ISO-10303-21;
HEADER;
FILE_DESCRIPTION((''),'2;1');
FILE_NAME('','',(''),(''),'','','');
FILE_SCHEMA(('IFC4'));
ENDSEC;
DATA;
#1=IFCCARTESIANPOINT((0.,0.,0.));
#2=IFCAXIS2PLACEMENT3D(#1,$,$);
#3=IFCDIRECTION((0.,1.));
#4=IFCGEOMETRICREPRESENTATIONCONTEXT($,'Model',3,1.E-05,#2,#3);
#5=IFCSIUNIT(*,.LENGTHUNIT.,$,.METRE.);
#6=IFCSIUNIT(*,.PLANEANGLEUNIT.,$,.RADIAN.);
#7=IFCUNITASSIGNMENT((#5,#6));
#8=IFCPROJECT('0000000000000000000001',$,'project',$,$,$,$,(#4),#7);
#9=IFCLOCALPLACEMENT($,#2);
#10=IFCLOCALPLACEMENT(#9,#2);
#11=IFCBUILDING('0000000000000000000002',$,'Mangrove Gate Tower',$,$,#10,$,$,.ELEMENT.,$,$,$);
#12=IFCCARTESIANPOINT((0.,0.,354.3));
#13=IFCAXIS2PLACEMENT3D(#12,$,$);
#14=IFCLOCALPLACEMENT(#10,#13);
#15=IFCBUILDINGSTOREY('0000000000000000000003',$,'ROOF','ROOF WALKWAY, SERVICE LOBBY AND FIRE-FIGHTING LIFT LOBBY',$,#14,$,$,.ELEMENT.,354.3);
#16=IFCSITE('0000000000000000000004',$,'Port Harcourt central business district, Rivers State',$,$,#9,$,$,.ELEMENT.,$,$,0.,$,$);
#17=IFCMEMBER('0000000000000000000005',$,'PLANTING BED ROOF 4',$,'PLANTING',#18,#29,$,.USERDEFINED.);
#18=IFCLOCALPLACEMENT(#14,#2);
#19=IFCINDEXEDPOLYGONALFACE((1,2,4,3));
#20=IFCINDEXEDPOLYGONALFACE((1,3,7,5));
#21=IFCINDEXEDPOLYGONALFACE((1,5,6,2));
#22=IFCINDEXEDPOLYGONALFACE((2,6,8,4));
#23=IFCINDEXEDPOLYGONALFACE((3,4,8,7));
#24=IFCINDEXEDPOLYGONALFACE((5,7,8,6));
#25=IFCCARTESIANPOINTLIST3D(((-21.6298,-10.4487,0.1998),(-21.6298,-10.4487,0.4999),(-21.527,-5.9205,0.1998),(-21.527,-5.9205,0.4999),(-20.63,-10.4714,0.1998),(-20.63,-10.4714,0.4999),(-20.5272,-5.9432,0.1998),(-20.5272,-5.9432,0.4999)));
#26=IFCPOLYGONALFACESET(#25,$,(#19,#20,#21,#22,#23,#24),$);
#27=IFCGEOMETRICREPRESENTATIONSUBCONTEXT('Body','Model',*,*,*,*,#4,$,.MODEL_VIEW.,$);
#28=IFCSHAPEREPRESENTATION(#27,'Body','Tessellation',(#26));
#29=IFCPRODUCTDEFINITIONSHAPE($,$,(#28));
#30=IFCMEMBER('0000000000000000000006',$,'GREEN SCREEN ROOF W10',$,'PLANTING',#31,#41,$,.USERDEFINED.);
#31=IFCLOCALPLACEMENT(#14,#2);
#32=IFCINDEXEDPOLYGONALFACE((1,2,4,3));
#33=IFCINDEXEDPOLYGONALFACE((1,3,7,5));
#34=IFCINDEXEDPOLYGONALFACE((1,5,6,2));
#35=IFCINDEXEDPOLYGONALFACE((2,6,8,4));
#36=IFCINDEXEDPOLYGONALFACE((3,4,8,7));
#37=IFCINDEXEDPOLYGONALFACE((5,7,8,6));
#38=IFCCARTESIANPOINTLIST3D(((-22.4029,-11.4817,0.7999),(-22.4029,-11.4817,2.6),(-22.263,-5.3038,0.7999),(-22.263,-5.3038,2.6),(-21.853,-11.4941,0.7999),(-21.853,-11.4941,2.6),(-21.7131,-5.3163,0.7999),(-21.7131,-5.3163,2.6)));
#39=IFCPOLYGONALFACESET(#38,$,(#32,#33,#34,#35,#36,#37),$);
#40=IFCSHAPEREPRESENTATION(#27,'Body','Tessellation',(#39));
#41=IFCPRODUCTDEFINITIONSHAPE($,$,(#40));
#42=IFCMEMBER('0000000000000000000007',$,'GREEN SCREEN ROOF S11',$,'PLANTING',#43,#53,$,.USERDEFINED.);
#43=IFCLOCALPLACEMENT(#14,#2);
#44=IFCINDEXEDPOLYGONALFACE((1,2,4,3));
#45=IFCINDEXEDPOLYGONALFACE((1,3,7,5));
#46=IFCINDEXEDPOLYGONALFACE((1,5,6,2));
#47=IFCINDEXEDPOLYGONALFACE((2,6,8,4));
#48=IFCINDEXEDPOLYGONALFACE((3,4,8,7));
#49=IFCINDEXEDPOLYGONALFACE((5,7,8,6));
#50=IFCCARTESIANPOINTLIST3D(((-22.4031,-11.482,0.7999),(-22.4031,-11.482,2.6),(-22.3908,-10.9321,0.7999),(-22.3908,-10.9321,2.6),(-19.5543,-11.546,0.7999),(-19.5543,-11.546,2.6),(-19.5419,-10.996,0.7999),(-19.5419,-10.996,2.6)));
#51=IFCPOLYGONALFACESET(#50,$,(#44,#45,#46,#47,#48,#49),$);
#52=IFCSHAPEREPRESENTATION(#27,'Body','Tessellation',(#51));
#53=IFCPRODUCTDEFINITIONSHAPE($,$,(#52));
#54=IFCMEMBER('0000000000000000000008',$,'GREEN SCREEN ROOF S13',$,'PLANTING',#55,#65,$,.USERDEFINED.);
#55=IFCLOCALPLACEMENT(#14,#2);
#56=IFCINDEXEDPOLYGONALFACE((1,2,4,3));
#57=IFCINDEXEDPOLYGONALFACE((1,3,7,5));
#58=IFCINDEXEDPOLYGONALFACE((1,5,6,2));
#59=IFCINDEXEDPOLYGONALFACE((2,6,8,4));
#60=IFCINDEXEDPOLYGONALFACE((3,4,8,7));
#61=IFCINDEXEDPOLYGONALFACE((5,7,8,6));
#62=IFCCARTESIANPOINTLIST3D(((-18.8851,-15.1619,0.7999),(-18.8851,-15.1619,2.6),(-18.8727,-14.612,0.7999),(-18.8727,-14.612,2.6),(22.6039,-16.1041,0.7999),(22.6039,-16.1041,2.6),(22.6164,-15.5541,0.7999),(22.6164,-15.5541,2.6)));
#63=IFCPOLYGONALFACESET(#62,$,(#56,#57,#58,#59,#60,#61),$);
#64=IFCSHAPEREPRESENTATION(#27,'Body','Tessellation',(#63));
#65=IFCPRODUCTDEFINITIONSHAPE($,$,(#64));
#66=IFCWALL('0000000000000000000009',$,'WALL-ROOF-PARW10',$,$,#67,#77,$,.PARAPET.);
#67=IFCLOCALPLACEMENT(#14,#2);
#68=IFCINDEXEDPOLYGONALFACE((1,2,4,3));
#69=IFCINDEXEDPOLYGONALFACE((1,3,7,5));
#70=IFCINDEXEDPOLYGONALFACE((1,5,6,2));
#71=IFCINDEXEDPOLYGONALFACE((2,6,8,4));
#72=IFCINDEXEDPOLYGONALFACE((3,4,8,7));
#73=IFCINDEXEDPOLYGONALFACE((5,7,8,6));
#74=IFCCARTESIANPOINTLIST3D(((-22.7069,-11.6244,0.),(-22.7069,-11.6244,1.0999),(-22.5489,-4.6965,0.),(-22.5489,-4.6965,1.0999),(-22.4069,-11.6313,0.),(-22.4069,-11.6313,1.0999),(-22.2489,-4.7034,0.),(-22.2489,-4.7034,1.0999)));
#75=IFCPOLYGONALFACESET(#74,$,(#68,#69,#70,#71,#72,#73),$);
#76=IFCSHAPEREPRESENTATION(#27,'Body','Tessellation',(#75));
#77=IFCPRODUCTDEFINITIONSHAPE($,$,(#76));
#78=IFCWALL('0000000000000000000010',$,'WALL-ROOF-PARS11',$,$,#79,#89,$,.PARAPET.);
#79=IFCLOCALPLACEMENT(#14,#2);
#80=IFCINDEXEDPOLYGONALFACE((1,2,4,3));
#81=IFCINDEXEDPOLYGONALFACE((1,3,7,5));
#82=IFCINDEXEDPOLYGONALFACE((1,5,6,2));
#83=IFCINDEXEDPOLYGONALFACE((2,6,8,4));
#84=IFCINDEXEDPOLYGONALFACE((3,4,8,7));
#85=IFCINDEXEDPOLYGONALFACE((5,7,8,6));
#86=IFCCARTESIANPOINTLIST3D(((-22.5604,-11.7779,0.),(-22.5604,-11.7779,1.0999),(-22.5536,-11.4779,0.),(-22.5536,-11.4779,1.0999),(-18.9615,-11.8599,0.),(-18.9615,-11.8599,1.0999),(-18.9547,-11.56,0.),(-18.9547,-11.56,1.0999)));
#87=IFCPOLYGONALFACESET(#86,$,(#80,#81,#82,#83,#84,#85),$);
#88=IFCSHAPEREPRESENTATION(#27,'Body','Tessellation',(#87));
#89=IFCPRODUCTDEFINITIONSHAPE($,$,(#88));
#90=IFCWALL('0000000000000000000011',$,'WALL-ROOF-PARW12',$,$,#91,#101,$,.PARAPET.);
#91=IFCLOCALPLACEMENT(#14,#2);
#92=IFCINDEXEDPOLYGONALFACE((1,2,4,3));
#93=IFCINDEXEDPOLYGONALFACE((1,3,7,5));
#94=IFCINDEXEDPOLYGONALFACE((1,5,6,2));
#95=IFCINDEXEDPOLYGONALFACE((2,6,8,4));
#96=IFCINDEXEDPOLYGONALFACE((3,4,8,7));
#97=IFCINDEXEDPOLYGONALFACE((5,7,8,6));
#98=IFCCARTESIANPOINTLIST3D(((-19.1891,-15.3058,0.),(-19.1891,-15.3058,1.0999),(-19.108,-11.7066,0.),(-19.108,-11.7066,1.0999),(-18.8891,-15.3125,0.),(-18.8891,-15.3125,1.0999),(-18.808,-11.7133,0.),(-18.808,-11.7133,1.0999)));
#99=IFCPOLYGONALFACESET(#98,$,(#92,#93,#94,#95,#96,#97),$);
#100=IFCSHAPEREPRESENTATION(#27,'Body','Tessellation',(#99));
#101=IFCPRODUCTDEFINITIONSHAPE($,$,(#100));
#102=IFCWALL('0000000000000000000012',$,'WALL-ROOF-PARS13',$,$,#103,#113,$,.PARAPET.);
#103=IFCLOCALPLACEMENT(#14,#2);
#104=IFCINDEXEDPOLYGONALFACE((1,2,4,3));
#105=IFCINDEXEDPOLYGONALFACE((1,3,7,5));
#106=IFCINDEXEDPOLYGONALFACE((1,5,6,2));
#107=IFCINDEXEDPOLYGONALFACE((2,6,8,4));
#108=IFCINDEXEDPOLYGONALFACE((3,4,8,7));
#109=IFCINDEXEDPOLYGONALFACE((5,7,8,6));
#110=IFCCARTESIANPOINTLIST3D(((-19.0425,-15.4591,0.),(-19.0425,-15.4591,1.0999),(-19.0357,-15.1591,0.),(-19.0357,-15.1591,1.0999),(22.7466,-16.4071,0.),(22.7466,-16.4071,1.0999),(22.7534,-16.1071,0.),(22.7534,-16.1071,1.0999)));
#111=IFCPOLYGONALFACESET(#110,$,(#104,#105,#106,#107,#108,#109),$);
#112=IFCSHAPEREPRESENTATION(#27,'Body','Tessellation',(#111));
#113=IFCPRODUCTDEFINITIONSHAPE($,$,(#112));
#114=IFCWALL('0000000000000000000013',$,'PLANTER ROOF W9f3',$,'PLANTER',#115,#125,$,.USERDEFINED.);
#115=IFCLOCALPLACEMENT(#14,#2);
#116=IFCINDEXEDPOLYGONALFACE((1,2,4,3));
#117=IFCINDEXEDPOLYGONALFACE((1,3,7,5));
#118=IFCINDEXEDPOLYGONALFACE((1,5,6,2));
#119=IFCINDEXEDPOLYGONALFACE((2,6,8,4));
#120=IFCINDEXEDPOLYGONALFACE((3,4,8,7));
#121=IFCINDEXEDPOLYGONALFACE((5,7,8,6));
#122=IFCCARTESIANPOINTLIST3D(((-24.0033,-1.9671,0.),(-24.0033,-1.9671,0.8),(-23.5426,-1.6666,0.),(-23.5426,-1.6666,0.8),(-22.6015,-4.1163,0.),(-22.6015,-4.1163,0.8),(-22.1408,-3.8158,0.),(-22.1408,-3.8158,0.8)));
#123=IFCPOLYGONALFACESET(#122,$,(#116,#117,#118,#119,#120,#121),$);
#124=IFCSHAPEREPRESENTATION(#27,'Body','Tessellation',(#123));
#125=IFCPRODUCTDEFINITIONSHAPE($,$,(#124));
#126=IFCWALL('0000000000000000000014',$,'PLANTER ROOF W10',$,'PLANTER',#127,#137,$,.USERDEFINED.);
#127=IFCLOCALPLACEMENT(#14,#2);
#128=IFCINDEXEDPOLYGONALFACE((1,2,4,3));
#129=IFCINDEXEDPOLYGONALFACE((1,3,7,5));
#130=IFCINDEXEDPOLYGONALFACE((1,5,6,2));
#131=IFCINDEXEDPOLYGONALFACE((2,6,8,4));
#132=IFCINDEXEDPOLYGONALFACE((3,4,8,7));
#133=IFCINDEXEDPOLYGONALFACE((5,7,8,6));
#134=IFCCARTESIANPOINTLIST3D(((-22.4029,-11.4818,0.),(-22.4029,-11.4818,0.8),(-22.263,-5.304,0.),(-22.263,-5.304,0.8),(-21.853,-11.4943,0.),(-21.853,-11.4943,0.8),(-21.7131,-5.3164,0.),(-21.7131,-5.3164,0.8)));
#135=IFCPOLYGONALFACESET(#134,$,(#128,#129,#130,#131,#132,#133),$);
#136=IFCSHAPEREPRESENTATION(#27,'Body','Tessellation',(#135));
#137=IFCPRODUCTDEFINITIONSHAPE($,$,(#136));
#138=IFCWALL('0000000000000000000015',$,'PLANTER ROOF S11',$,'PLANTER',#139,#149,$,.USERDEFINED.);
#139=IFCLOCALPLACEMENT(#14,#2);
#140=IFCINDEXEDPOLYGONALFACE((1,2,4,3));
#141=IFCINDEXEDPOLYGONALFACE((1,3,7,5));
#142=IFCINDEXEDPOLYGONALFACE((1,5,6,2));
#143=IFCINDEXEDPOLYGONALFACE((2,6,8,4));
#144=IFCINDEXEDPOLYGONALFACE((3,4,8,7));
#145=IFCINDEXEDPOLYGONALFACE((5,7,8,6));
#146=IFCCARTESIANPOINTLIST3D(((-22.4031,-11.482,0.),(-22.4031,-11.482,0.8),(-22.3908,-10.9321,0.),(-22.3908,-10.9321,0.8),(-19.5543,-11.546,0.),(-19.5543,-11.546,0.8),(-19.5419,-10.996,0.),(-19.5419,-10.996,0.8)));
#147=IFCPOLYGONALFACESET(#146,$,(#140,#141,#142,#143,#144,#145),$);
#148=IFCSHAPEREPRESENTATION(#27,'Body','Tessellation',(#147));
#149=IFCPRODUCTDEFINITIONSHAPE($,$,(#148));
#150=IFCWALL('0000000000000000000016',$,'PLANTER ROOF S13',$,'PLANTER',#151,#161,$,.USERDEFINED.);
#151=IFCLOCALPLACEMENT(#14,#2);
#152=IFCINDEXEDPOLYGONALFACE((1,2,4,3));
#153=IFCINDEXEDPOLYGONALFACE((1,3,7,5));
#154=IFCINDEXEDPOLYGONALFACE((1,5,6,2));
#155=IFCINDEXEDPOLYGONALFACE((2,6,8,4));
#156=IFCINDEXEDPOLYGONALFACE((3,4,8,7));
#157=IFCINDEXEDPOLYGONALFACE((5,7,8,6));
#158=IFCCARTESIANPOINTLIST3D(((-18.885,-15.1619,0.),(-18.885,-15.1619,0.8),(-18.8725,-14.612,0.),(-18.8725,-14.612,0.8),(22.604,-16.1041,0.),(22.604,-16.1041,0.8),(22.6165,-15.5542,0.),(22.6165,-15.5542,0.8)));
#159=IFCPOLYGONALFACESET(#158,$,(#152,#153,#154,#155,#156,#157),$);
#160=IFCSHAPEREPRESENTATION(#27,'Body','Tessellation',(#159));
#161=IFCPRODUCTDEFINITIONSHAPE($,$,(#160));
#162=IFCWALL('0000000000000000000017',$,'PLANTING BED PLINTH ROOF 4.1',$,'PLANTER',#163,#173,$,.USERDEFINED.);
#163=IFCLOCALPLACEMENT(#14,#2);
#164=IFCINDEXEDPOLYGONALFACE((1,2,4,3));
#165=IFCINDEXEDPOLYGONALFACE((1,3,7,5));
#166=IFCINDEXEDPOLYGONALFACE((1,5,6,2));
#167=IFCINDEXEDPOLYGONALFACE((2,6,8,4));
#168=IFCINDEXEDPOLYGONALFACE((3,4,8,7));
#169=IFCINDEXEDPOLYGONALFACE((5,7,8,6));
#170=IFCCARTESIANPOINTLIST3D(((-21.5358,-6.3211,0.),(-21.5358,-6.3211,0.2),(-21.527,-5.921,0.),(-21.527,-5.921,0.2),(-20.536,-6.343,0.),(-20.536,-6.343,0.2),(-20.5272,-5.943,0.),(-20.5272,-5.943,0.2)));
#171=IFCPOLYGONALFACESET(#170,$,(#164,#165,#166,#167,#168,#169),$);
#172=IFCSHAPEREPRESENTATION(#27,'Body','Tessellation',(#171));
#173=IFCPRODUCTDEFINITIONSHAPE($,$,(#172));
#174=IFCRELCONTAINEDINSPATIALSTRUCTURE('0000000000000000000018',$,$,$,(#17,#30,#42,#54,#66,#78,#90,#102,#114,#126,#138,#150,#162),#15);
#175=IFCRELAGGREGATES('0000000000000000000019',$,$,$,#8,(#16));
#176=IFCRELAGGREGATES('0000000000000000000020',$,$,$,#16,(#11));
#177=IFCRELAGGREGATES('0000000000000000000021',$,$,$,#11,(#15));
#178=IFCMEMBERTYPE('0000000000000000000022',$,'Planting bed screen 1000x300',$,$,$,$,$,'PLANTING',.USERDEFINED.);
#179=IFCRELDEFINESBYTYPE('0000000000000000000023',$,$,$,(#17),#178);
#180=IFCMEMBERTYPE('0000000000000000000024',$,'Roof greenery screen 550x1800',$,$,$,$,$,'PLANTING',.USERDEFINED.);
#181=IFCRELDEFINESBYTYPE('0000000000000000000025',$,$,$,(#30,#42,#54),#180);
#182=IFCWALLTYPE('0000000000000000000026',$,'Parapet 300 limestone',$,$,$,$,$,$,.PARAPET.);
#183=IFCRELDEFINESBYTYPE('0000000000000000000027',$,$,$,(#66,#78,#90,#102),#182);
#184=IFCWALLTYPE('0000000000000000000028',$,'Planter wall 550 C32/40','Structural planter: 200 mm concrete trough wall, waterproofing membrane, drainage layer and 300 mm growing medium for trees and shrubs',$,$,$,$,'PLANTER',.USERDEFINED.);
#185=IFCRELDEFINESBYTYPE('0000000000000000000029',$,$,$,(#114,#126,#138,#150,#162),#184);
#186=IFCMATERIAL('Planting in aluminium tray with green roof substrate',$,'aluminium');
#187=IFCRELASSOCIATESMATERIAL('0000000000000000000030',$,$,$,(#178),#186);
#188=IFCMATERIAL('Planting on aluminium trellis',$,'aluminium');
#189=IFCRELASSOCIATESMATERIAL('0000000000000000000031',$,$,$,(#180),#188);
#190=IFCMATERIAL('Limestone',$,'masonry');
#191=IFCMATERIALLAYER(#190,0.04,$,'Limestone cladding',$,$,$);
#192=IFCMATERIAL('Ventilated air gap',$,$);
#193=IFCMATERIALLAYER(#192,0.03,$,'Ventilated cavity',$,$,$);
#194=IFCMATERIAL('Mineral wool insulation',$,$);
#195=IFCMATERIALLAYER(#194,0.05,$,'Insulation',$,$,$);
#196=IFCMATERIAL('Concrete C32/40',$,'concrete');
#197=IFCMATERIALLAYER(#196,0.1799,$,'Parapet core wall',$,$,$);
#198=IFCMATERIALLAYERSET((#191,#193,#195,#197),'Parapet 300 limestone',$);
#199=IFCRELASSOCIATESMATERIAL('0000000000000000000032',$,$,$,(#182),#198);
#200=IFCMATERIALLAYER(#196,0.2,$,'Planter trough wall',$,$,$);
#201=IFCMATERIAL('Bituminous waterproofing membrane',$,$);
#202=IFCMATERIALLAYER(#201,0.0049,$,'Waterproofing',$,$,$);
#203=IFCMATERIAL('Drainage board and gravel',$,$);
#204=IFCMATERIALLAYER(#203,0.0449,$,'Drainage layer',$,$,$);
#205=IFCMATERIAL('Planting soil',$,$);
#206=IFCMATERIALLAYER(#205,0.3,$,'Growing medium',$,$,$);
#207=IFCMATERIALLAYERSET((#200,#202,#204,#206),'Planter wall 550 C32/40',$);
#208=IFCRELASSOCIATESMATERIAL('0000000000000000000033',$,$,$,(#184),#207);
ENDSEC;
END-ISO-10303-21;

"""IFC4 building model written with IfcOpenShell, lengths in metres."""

from ifc_helpers import new_model, si_unit, direction, frame, frame_2d, origin, origin_2d, place, context, subcontext, project, spatial, rectangle, extrude, material, layer, layer_set, material_profile, profile_set, type_object, element, save


model = new_model("IFC4")

# Units and contexts
model_context = context("Model", 3, precision=1e-05, world=origin(), true_north=direction((0.0, 1.0)))
body_context = subcontext(model_context, "Body", "Model", "MODEL_VIEW")
ifc_project = project(units=[si_unit("LENGTHUNIT", "METRE"), si_unit("PLANEANGLEUNIT", "RADIAN")], contexts=[model_context])

# Site, building, storey
site_placement = place(None, origin())
site = spatial("IfcSite", under=ifc_project, at=site_placement, Name="Port Harcourt central business district, Rivers State", CompositionType="ELEMENT", RefElevation=0.0)
building_placement = place(site_placement, origin())
building = spatial("IfcBuilding", under=site, at=building_placement, Name="Mangrove Gate Tower", CompositionType="ELEMENT")
storey_placement = place(building_placement, frame((0.0, 0.0, 354.3)))
storey = spatial("IfcBuildingStorey", under=building, at=storey_placement, Name="ROOF", Description="ROOF WALKWAY, SERVICE LOBBY AND FIRE-FIGHTING LIFT LOBBY", CompositionType="ELEMENT", Elevation=354.3)

# Members
ifc_material_1 = material(Name="Planting in aluminium tray with green roof substrate", Category="aluminium")
ifc_material_profile_1 = material_profile(ifc_material_1, rectangle(XDim=1.0, YDim=0.3, at=origin_2d()))
ifc_profile_set_1 = profile_set([ifc_material_profile_1], Name="Planting in aluminium tray with green roof substrate")
member_type_1 = type_object("IfcMemberType", Name="Planting bed screen 1000x300", ElementType="PLANTING", PredefinedType="USERDEFINED", material=ifc_profile_set_1)
member_1_placement = place(storey_placement, frame((-21.0271, -5.9319, 0.3499), z_axis=(-0.022693, -0.999742, 0.0), x_axis=(0.999742, -0.022693, 0.0)))
element("IfcMember", 1, at=member_1_placement, inside=storey, type_object=member_type_1, Name="PLANTING BED ROOF 4", ObjectType="PLANTING", PredefinedType="USERDEFINED", context=body_context, shape_type="SweptSolid", body=[
    extrude(rectangle(XDim=1.0, YDim=0.3, at=origin_2d()), origin(), (0.0, 0.0, 1.0), 4.5293),
])
ifc_material_2 = material(Name="Planting on aluminium trellis", Category="aluminium")
ifc_material_profile_2 = material_profile(ifc_material_2, rectangle(XDim=0.55, YDim=1.8, at=origin_2d()))
ifc_profile_set_2 = profile_set([ifc_material_profile_2], Name="Planting on aluminium trellis")
member_type_2 = type_object("IfcMemberType", Name="Roof greenery screen 550x1800", ElementType="PLANTING", PredefinedType="USERDEFINED", material=ifc_profile_set_2)
member_2_placement = place(storey_placement, frame((-21.988, -5.3101, 1.7), z_axis=(-0.022638, -0.999744, 0.0), x_axis=(0.999744, -0.022638, 0.0)))
element("IfcMember", 2, at=member_2_placement, inside=storey, type_object=member_type_2, Name="GREEN SCREEN ROOF W10", ObjectType="PLANTING", PredefinedType="USERDEFINED", context=body_context, shape_type="SweptSolid", body=[
    extrude(rectangle(XDim=0.55, YDim=1.8, at=origin_2d()), origin(), (0.0, 0.0, 1.0), 6.1794),
])
member_3_placement = place(storey_placement, frame((-22.397, -11.207, 1.7), z_axis=(0.999748, -0.022447, 0.0), x_axis=(0.022447, 0.999748, 0.0)))
element("IfcMember", 3, at=member_3_placement, inside=storey, type_object=member_type_2, Name="GREEN SCREEN ROOF S11", ObjectType="PLANTING", PredefinedType="USERDEFINED", context=body_context, shape_type="SweptSolid", body=[
    extrude(rectangle(XDim=0.55, YDim=1.8, at=origin_2d()), origin(), (0.0, 0.0, 1.0), 2.8496),
])
member_4_placement = place(storey_placement, frame((-18.8789, -14.887, 1.7), z_axis=(0.999742, -0.022702, 0.0), x_axis=(0.022702, 0.999742, 0.0)))
element("IfcMember", 4, at=member_4_placement, inside=storey, type_object=member_type_2, Name="GREEN SCREEN ROOF S13", ObjectType="PLANTING", PredefinedType="USERDEFINED", context=body_context, shape_type="SweptSolid", body=[
    extrude(rectangle(XDim=0.55, YDim=1.8, at=origin_2d()), origin(), (0.0, 0.0, 1.0), 41.4998),
])

# Walls
ifc_material_3 = material(Name="Limestone", Category="masonry")
ifc_layer_1 = layer(ifc_material_3, 0.04, Name="Limestone cladding")
ifc_material_4 = material(Name="Ventilated air gap")
ifc_layer_2 = layer(ifc_material_4, 0.03, Name="Ventilated cavity")
ifc_material_5 = material(Name="Mineral wool insulation")
ifc_layer_3 = layer(ifc_material_5, 0.05, Name="Insulation")
ifc_material_6 = material(Name="Concrete C32/40", Category="concrete")
ifc_layer_4 = layer(ifc_material_6, 0.1799, Name="Parapet core wall")
ifc_layer_set_1 = layer_set([ifc_layer_1, ifc_layer_2, ifc_layer_3, ifc_layer_4], Name="Parapet 300 limestone")
wall_type_1 = type_object("IfcWallType", Name="Parapet 300 limestone", PredefinedType="PARAPET", material=ifc_layer_set_1)
wall_1_placement = place(storey_placement, frame((-22.3989, -4.7, 0.0), z_axis=(0.0, 0.0, 1.0), x_axis=(-0.022794, -0.99974, 0.0)))
element("IfcWall", 5, at=wall_1_placement, inside=storey, type_object=wall_type_1, Name="WALL-ROOF-PARW10", PredefinedType="PARAPET", context=body_context, shape_type="SweptSolid", body=[
    extrude(rectangle(XDim=6.9297, YDim=0.3, at=frame_2d((3.4648, 0.0))), origin(), (0.0, 0.0, 1.0), 1.0999),
])
wall_2_placement = place(storey_placement, frame((-22.5569, -11.6279, 0.0), z_axis=(0.0, 0.0, 1.0), x_axis=(0.99974, -0.022788, 0.0)))
element("IfcWall", 6, at=wall_2_placement, inside=storey, type_object=wall_type_1, Name="WALL-ROOF-PARS11", PredefinedType="PARAPET", context=body_context, shape_type="SweptSolid", body=[
    extrude(rectangle(XDim=3.5999, YDim=0.3, at=frame_2d((1.7998, 0.0))), origin(), (0.0, 0.0, 1.0), 1.0999),
])
wall_3_placement = place(storey_placement, frame((-18.958, -11.71, 0.0), z_axis=(0.0, 0.0, 1.0), x_axis=(-0.022515, -0.999747, 0.0)))
element("IfcWall", 7, at=wall_3_placement, inside=storey, type_object=wall_type_1, Name="WALL-ROOF-PARW12", PredefinedType="PARAPET", context=body_context, shape_type="SweptSolid", body=[
    extrude(rectangle(XDim=3.6001, YDim=0.3, at=frame_2d((1.8, 0.0))), origin(), (0.0, 0.0, 1.0), 1.0999),
])
wall_4_placement = place(storey_placement, frame((-19.0391, -15.3091, 0.0), z_axis=(0.0, 0.0, 1.0), x_axis=(0.999743, -0.022679, 0.0)))
element("IfcWall", 8, at=wall_4_placement, inside=storey, type_object=wall_type_1, Name="WALL-ROOF-PARS13", PredefinedType="PARAPET", context=body_context, shape_type="SweptSolid", body=[
    extrude(rectangle(XDim=41.7998, YDim=0.3, at=frame_2d((20.8999, 0.0))), origin(), (0.0, 0.0, 1.0), 1.0999),
])
ifc_layer_5 = layer(ifc_material_6, 0.2, Name="Planter trough wall")
ifc_material_7 = material(Name="Bituminous waterproofing membrane")
ifc_layer_6 = layer(ifc_material_7, 0.0049, Name="Waterproofing")
ifc_material_8 = material(Name="Drainage board and gravel")
ifc_layer_7 = layer(ifc_material_8, 0.0449, Name="Drainage layer")
ifc_material_9 = material(Name="Planting soil")
ifc_layer_8 = layer(ifc_material_9, 0.3, Name="Growing medium")
ifc_layer_set_2 = layer_set([ifc_layer_5, ifc_layer_6, ifc_layer_7, ifc_layer_8], Name="Planter wall 550 C32/40")
wall_type_2 = type_object("IfcWallType", Name="Planter wall 550 C32/40", Description="Structural planter: 200 mm concrete trough wall, waterproofing membrane, drainage layer and 300 mm growing medium for trees and shrubs", ElementType="PLANTER", PredefinedType="USERDEFINED", material=ifc_layer_set_2)
wall_5_placement = place(storey_placement, frame((-23.7729, -1.8169, 0.0), z_axis=(0.0, 0.0, 1.0), x_axis=(0.546329, -0.837571, 0.0)))
element("IfcWall", 9, at=wall_5_placement, inside=storey, type_object=wall_type_2, Name="PLANTER ROOF W9f3", ObjectType="PLANTER", PredefinedType="USERDEFINED", context=body_context, shape_type="SweptSolid", body=[
    extrude(rectangle(XDim=2.5659, YDim=0.55, at=frame_2d((1.283, 0.0))), origin(), (0.0, 0.0, 1.0), 0.8),
])
wall_6_placement = place(storey_placement, frame((-21.988, -5.3101, 0.0), z_axis=(0.0, 0.0, 1.0), x_axis=(-0.022638, -0.999744, 0.0)))
element("IfcWall", 10, at=wall_6_placement, inside=storey, type_object=wall_type_2, Name="PLANTER ROOF W10", ObjectType="PLANTER", PredefinedType="USERDEFINED", context=body_context, shape_type="SweptSolid", body=[
    extrude(rectangle(XDim=6.1794, YDim=0.55, at=frame_2d((3.0898, 0.0))), origin(), (0.0, 0.0, 1.0), 0.8),
])
wall_7_placement = place(storey_placement, frame((-22.397, -11.207, 0.0), z_axis=(0.0, 0.0, 1.0), x_axis=(0.999748, -0.022447, 0.0)))
element("IfcWall", 11, at=wall_7_placement, inside=storey, type_object=wall_type_2, Name="PLANTER ROOF S11", ObjectType="PLANTER", PredefinedType="USERDEFINED", context=body_context, shape_type="SweptSolid", body=[
    extrude(rectangle(XDim=2.8496, YDim=0.55, at=frame_2d((1.4248, 0.0))), origin(), (0.0, 0.0, 1.0), 0.8),
])
wall_8_placement = place(storey_placement, frame((-18.8789, -14.887, 0.0), z_axis=(0.0, 0.0, 1.0), x_axis=(0.999742, -0.022702, 0.0)))
element("IfcWall", 12, at=wall_8_placement, inside=storey, type_object=wall_type_2, Name="PLANTER ROOF S13", ObjectType="PLANTER", PredefinedType="USERDEFINED", context=body_context, shape_type="SweptSolid", body=[
    extrude(rectangle(XDim=41.4998, YDim=0.55, at=frame_2d((20.75, 0.0))), origin(), (0.0, 0.0, 1.0), 0.8),
])
wall_9_placement = place(storey_placement, frame((-21.0271, -5.9319, 0.0), z_axis=(0.0, 0.0, 1.0), x_axis=(-0.021959, -0.999759, 0.0)))
element("IfcWall", 13, at=wall_9_placement, inside=storey, type_object=wall_type_2, Name="PLANTING BED PLINTH ROOF 4.1", ObjectType="PLANTER", PredefinedType="USERDEFINED", context=body_context, shape_type="SweptSolid", body=[
    extrude(rectangle(XDim=0.4001, YDim=1.0, at=frame_2d((0.2002, 0.0))), origin(), (0.0, 0.0, 1.0), 0.2),
])

save(model, "model.ifc")
